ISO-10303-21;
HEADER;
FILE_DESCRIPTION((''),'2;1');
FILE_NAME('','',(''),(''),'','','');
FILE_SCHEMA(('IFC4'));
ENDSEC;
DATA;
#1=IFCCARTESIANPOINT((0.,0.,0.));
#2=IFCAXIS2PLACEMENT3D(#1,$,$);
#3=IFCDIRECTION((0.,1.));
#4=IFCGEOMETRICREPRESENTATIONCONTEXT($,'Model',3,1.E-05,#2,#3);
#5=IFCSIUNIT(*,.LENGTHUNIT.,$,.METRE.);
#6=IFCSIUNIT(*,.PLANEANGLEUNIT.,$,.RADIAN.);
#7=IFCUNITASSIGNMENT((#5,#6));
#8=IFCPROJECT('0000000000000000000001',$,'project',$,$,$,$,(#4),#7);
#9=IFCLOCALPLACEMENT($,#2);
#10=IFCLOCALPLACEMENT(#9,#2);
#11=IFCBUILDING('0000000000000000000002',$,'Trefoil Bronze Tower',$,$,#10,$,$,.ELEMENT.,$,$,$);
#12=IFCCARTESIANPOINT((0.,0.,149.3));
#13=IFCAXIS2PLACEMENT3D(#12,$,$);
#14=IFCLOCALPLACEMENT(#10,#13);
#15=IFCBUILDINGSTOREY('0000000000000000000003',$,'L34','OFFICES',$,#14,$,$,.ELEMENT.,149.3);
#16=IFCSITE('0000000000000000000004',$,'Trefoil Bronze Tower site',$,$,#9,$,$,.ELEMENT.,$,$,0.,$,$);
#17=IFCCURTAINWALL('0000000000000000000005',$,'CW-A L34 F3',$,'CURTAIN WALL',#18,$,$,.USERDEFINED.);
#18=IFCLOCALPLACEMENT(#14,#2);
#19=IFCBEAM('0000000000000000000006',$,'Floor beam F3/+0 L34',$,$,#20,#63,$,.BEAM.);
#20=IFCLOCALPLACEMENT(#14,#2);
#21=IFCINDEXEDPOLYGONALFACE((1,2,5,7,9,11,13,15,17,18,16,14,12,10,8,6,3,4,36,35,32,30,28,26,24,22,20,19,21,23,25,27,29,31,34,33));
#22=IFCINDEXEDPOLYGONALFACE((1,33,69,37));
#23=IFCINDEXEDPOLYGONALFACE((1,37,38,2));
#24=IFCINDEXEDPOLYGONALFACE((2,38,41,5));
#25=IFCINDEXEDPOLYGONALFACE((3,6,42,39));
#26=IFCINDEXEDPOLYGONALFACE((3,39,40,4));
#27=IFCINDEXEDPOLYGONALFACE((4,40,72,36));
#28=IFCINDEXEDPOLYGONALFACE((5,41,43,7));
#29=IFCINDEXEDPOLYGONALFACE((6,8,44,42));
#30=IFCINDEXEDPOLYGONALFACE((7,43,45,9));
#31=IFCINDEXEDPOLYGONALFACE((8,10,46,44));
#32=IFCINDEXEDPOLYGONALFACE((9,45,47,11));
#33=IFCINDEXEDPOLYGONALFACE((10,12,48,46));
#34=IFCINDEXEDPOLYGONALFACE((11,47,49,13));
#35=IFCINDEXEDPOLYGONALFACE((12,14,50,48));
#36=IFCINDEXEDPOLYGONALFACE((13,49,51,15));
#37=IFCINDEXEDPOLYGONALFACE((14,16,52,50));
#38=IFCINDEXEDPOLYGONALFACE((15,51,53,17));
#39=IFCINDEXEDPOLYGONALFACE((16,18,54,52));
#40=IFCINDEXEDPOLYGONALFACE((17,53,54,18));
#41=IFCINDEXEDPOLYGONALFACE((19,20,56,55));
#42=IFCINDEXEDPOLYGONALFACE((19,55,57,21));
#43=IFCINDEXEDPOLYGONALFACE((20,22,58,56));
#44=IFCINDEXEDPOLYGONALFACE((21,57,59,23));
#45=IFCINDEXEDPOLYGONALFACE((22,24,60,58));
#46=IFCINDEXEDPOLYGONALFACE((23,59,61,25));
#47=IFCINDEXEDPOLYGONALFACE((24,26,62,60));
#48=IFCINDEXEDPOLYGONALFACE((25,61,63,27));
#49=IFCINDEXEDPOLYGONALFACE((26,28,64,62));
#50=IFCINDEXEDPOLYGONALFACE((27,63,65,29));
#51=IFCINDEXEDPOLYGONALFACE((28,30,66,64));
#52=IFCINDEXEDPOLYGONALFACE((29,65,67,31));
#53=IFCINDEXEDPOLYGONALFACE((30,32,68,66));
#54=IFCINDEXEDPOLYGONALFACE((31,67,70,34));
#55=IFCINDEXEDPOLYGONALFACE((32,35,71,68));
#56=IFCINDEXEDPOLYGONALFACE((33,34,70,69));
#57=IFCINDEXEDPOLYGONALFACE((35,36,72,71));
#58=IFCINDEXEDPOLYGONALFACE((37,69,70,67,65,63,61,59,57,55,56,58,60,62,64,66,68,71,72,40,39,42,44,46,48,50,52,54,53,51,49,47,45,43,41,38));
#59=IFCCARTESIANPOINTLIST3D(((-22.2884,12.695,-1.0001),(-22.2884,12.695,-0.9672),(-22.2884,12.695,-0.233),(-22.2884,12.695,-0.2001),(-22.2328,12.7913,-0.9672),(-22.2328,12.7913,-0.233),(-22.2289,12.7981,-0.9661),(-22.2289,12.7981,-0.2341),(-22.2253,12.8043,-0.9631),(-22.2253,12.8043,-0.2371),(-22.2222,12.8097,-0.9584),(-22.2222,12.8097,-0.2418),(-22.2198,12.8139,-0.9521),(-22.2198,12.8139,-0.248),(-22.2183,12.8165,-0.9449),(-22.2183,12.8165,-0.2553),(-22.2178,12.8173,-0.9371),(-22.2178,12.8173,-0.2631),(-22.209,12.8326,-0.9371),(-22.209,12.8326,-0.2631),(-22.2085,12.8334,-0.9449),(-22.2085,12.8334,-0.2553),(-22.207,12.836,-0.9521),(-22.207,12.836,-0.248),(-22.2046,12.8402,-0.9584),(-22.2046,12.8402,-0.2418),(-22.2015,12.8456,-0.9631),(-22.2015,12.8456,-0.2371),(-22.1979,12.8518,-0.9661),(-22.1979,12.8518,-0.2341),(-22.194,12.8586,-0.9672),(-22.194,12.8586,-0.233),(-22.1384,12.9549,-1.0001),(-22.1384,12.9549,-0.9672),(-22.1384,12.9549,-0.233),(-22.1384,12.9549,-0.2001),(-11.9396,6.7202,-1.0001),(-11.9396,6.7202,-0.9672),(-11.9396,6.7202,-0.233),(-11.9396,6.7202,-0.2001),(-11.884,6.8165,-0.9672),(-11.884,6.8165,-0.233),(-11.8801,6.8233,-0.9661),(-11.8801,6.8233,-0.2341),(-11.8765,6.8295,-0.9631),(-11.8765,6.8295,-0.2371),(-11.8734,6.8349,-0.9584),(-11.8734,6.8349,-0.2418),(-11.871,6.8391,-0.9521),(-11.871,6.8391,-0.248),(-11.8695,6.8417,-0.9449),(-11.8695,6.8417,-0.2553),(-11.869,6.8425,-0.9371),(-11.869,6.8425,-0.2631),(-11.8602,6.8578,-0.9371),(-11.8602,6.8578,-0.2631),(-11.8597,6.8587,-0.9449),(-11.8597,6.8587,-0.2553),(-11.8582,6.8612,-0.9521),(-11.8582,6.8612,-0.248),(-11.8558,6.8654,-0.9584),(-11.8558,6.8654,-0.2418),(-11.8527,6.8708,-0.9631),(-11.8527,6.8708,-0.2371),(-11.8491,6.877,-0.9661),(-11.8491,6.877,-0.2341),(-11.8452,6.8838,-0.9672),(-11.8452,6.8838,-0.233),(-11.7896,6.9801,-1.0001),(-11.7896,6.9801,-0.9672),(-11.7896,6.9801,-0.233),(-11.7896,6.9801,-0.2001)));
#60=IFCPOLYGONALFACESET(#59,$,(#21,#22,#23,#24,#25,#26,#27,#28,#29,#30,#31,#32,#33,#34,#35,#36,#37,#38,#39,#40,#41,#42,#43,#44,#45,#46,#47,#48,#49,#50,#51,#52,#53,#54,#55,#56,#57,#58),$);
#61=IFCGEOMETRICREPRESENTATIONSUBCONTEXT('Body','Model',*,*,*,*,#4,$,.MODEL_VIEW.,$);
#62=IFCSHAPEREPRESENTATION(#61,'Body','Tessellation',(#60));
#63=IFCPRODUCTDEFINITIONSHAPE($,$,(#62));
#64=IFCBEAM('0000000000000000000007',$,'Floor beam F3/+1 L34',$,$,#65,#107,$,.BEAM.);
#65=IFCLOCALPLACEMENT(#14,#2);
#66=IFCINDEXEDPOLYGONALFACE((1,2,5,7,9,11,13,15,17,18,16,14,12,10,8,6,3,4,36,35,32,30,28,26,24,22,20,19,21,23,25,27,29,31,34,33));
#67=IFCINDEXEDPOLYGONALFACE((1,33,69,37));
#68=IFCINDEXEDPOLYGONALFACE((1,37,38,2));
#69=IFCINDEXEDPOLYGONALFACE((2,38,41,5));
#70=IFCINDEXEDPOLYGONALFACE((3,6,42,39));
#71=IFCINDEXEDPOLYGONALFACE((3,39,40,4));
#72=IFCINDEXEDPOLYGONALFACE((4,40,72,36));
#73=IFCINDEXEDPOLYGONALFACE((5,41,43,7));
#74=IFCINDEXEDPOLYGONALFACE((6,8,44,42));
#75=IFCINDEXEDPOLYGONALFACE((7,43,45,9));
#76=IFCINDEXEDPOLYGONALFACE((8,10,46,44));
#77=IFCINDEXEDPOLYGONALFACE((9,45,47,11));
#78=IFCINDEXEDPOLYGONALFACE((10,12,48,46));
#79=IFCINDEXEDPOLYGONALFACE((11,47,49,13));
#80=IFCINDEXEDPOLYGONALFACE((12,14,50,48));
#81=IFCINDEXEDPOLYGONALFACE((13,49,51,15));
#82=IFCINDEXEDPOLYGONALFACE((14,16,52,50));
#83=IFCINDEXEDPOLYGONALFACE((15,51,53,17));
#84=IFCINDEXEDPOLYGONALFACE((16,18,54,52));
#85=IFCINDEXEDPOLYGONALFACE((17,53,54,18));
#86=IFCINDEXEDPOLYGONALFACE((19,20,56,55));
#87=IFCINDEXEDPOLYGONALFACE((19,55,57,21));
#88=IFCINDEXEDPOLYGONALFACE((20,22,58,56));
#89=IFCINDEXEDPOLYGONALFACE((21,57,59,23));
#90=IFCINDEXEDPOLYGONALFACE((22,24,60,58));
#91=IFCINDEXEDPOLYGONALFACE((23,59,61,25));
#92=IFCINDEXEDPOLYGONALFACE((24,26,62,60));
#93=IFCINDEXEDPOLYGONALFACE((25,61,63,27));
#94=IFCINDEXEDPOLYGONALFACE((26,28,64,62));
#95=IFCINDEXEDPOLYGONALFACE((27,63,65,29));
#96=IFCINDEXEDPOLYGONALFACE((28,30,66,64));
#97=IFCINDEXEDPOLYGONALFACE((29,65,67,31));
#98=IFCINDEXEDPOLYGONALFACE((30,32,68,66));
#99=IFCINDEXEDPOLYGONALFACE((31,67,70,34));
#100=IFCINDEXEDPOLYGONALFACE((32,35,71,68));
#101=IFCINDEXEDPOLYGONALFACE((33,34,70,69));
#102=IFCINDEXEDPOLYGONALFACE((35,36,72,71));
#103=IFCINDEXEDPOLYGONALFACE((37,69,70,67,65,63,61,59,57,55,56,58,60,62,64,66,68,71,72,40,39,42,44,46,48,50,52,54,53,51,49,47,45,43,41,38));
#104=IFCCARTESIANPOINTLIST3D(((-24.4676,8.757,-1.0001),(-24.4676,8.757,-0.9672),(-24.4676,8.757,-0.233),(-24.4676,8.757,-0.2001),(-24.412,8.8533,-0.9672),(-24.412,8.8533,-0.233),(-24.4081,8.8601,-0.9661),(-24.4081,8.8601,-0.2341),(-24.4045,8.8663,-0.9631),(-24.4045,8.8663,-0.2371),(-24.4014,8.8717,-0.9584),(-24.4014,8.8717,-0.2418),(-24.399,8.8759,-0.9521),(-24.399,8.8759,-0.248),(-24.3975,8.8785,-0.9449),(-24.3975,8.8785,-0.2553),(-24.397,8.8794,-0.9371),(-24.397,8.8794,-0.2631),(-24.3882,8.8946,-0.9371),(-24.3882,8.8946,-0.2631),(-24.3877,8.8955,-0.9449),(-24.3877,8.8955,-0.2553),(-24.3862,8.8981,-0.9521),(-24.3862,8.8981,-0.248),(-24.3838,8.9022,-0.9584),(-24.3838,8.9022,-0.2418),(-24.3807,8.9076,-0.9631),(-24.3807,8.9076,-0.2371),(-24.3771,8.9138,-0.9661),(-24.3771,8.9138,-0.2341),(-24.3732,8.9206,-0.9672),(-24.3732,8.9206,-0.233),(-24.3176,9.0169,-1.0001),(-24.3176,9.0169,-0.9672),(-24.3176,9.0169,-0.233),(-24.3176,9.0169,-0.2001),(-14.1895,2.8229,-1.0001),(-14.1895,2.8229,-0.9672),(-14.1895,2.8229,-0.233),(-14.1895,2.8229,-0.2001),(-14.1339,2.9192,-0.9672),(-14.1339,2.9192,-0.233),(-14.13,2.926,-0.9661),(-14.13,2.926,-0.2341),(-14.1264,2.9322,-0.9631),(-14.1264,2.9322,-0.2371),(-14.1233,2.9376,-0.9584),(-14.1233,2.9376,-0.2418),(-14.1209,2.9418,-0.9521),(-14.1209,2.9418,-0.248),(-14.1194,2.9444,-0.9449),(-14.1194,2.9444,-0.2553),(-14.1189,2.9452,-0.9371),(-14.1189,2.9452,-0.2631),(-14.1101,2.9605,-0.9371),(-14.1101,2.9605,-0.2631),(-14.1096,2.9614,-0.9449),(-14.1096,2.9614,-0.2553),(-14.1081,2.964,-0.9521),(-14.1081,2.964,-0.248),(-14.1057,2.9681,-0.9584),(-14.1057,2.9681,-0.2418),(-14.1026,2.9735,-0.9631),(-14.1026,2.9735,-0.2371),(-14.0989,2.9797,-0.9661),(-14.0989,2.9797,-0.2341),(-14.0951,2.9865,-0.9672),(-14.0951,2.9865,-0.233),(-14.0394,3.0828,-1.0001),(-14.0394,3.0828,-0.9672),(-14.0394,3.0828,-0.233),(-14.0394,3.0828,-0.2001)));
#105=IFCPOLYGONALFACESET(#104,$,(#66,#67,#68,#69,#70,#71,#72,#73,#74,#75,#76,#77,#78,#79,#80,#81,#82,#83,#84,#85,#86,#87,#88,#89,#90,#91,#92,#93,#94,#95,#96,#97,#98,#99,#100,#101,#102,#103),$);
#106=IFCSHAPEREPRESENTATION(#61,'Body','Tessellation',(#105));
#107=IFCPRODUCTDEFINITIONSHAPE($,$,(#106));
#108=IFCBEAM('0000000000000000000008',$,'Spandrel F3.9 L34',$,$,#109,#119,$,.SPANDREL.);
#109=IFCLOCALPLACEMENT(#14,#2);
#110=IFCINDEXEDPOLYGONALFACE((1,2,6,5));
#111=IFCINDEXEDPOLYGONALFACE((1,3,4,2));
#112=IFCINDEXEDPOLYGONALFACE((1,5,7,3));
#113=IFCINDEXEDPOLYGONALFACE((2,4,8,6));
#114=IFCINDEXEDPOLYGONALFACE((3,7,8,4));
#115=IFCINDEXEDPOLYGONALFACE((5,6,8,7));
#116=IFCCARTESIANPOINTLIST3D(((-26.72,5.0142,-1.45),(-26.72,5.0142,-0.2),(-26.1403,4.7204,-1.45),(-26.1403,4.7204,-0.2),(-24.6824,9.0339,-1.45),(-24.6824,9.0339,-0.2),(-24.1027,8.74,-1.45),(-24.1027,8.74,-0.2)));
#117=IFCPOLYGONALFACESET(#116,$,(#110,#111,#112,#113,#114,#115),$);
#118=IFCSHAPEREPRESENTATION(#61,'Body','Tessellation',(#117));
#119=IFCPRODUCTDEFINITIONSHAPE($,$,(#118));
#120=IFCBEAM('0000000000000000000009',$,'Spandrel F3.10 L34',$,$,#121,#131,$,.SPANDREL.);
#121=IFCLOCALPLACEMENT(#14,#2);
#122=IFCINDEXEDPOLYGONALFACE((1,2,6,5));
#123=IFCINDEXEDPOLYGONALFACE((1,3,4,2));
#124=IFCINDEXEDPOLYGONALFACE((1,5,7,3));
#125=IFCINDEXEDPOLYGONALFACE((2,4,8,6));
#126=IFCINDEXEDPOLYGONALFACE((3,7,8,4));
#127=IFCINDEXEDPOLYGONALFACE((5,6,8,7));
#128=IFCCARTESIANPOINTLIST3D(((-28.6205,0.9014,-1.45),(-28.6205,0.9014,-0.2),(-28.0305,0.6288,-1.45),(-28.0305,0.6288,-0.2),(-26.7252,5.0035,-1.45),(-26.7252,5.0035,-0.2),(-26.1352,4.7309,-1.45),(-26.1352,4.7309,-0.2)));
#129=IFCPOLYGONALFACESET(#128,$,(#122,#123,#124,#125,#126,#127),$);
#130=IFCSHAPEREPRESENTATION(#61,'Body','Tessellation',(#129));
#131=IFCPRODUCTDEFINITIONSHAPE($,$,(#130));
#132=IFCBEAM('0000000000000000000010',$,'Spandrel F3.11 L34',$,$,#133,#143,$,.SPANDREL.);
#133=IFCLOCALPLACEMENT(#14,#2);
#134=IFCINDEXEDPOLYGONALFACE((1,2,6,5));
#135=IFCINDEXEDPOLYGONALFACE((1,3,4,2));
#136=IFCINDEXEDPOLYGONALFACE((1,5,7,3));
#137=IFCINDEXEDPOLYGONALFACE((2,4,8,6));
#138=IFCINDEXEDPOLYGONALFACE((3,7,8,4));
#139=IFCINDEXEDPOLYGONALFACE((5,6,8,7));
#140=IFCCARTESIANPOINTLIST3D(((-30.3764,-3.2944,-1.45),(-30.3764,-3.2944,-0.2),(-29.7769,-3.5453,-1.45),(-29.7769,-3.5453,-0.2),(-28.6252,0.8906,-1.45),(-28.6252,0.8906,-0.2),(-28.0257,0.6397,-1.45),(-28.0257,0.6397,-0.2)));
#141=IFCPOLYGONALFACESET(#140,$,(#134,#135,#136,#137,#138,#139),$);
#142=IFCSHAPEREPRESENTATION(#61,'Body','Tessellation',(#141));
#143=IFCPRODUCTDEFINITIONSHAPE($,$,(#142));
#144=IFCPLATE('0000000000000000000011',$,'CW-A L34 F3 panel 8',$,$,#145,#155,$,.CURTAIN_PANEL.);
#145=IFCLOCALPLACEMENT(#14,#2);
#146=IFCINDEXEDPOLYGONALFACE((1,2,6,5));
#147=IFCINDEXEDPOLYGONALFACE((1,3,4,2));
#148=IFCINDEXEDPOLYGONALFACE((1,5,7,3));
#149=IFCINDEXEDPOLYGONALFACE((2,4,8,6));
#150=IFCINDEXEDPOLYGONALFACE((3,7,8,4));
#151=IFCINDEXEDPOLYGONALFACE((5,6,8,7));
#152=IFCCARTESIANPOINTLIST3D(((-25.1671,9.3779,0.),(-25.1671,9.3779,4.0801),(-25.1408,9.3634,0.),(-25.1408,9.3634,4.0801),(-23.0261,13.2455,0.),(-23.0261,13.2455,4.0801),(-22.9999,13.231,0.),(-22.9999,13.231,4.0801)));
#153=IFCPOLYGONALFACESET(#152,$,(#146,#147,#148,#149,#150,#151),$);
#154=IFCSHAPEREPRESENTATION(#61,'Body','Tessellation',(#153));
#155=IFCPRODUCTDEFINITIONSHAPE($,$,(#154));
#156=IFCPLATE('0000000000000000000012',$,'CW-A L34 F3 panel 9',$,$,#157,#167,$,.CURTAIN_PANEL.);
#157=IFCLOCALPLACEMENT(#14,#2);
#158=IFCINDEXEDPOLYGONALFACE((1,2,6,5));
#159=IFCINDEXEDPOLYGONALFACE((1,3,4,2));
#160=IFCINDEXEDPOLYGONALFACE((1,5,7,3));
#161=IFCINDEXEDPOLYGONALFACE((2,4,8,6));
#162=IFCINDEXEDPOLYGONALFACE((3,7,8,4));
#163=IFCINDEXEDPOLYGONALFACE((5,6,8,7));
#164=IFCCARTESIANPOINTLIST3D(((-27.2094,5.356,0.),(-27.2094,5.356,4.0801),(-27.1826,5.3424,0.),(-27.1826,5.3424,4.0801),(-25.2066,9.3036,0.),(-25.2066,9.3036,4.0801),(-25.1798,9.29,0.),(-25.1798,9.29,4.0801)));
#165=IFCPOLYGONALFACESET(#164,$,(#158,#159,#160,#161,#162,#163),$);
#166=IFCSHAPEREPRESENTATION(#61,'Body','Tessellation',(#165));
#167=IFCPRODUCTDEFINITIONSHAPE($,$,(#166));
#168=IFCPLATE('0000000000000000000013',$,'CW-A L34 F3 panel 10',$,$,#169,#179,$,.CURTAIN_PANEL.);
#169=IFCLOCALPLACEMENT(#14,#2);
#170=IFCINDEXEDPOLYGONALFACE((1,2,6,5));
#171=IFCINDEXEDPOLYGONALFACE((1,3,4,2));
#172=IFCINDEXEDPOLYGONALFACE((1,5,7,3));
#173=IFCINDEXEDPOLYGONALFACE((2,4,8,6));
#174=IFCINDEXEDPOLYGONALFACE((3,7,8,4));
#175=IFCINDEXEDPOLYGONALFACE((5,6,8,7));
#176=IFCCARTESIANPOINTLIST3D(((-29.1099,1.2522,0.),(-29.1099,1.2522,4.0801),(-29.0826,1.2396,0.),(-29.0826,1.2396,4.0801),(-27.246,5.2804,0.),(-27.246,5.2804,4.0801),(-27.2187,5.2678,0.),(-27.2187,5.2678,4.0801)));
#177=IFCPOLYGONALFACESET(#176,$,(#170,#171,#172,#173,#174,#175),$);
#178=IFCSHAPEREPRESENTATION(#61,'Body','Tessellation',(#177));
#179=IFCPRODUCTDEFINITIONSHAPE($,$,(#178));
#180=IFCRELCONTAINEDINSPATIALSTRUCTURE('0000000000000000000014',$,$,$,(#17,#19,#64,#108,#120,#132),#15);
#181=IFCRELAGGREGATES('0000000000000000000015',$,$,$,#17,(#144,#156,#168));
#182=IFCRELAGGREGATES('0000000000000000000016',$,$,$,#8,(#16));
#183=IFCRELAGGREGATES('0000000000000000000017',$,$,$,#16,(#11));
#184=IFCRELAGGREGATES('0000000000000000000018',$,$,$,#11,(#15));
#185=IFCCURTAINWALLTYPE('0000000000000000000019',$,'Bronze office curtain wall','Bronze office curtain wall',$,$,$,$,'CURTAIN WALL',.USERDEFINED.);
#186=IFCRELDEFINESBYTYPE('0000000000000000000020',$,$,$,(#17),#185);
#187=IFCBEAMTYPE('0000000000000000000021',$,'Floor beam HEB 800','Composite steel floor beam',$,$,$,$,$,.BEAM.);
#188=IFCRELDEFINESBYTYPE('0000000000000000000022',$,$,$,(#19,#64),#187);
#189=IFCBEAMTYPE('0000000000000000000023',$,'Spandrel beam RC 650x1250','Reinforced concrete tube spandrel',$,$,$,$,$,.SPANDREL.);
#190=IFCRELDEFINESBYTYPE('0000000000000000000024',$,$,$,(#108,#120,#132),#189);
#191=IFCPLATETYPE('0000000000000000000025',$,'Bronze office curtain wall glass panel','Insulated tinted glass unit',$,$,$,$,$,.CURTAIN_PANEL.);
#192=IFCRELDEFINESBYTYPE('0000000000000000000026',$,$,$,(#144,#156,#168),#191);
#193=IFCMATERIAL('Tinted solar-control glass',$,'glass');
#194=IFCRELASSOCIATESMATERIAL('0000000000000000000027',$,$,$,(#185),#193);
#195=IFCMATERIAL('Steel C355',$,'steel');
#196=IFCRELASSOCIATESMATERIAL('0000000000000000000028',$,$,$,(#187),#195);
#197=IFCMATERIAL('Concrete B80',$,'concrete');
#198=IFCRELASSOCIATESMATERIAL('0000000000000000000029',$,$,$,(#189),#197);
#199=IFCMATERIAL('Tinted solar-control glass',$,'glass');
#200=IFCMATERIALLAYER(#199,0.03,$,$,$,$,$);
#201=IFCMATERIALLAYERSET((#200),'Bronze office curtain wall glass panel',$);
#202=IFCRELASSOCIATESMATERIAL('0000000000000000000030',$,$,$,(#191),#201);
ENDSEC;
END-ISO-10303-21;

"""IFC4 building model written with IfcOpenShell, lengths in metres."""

from ifc_helpers import new_model, si_unit, direction, frame, origin, origin_2d, place, context, subcontext, project, spatial, rectangle, i_section, extrude, material, layer, layer_set, material_profile, profile_set, type_object, element, aggregate, save


model = new_model("IFC4")

# Units and contexts
model_context = context("Model", 3, precision=1e-05, world=origin(), true_north=direction((0.0, 1.0)))
body_context = subcontext(model_context, "Body", "Model", "MODEL_VIEW")
ifc_project = project(units=[si_unit("LENGTHUNIT", "METRE"), si_unit("PLANEANGLEUNIT", "RADIAN")], contexts=[model_context])

# Site, building, storey
site_placement = place(None, origin())
site = spatial("IfcSite", under=ifc_project, at=site_placement, Name="Trefoil Bronze Tower site", CompositionType="ELEMENT", RefElevation=0.0)
building_placement = place(site_placement, origin())
building = spatial("IfcBuilding", under=site, at=building_placement, Name="Trefoil Bronze Tower", CompositionType="ELEMENT")
storey_placement = place(building_placement, frame((0.0, 0.0, 149.3)))
storey = spatial("IfcBuildingStorey", under=building, at=storey_placement, Name="L34", Description="OFFICES", CompositionType="ELEMENT", Elevation=149.3)

# Curtain wall
ifc_material_1 = material(Name="Tinted solar-control glass", Category="glass")
curtain_wall_type = type_object("IfcCurtainWallType", Name="Bronze office curtain wall", Description="Bronze office curtain wall", ElementType="CURTAIN WALL", PredefinedType="USERDEFINED", material=ifc_material_1)
curtain_wall_placement = place(storey_placement, origin())
curtain_wall = element("IfcCurtainWall", 1, at=curtain_wall_placement, inside=storey, type_object=curtain_wall_type, Name="CW-A L34 F3", ObjectType="CURTAIN WALL", PredefinedType="USERDEFINED")

# Beams
ifc_material_2 = material(Name="Steel C355", Category="steel")
ifc_material_profile_1 = material_profile(ifc_material_2, i_section(OverallWidth=0.3, OverallDepth=0.8, WebThickness=0.0176, FlangeThickness=0.033, FilletRadius=0.03, at=origin_2d()), Name="HEB 800")
ifc_profile_set_1 = profile_set([ifc_material_profile_1], Name="Steel C355")
beam_type_1 = type_object("IfcBeamType", Name="Floor beam HEB 800", Description="Composite steel floor beam", PredefinedType="BEAM", material=ifc_profile_set_1)
beam_1_placement = place(storey_placement, frame((-22.2134, 12.825, -0.6001), z_axis=(0.866028, -0.499995, 0.0), x_axis=(0.499995, 0.866028, 0.0)))
element("IfcBeam", 2, at=beam_1_placement, inside=storey, type_object=beam_type_1, Name="Floor beam F3/+0 L34", PredefinedType="BEAM", context=body_context, shape_type="SweptSolid", body=[
    extrude(i_section(OverallWidth=0.3, OverallDepth=0.8, WebThickness=0.0176, FlangeThickness=0.033, FilletRadius=0.03, at=origin_2d()), origin(), (0.0, 0.0, 1.0), 11.9497),
])
beam_2_placement = place(storey_placement, frame((-24.3926, 8.887, -0.6001), z_axis=(0.866024, -0.500002, 0.0), x_axis=(0.500002, 0.866024, 0.0)))
element("IfcBeam", 3, at=beam_2_placement, inside=storey, type_object=beam_type_1, Name="Floor beam F3/+1 L34", PredefinedType="BEAM", context=body_context, shape_type="SweptSolid", body=[
    extrude(i_section(OverallWidth=0.3, OverallDepth=0.8, WebThickness=0.0176, FlangeThickness=0.033, FilletRadius=0.03, at=origin_2d()), origin(), (0.0, 0.0, 1.0), 11.8682),
])
ifc_material_3 = material(Name="Concrete B80", Category="concrete")
ifc_material_profile_2 = material_profile(ifc_material_3, rectangle(XDim=0.6499, YDim=1.25, at=origin_2d()), Name="RC 650x1250")
ifc_profile_set_2 = profile_set([ifc_material_profile_2], Name="Concrete B80")
beam_type_2 = type_object("IfcBeamType", Name="Spandrel beam RC 650x1250", Description="Reinforced concrete tube spandrel", PredefinedType="SPANDREL", material=ifc_profile_set_2)
beam_3_placement = place(storey_placement, frame((-24.3926, 8.887, -0.825), z_axis=(-0.452126, -0.891954, 0.0), x_axis=(0.891954, -0.452126, 0.0)))
element("IfcBeam", 4, at=beam_3_placement, inside=storey, type_object=beam_type_2, Name="Spandrel F3.9 L34", PredefinedType="SPANDREL", context=body_context, shape_type="SweptSolid", body=[
    extrude(rectangle(XDim=0.6499, YDim=1.25, at=origin_2d()), origin(), (0.0, 0.0, 1.0), 4.5066),
])
beam_4_placement = place(storey_placement, frame((-26.4302, 4.8672, -0.825), z_axis=(-0.419425, -0.90779, 0.0), x_axis=(0.90779, -0.419425, 0.0)))
element("IfcBeam", 5, at=beam_4_placement, inside=storey, type_object=beam_type_2, Name="Spandrel F3.10 L34", PredefinedType="SPANDREL", context=body_context, shape_type="SweptSolid", body=[
    extrude(rectangle(XDim=0.6499, YDim=1.25, at=origin_2d()), origin(), (0.0, 0.0, 1.0), 4.5188),
])
beam_5_placement = place(storey_placement, frame((-28.3254, 0.7651, -0.825), z_axis=(-0.386013, -0.922493, 0.0), x_axis=(0.922493, -0.386013, 0.0)))
element("IfcBeam", 6, at=beam_5_placement, inside=storey, type_object=beam_type_2, Name="Spandrel F3.11 L34", PredefinedType="SPANDREL", context=body_context, shape_type="SweptSolid", body=[
    extrude(rectangle(XDim=0.6499, YDim=1.25, at=origin_2d()), origin(), (0.0, 0.0, 1.0), 4.5366),
])

# Plates
ifc_material_4 = material(Name="Tinted solar-control glass", Category="glass")
ifc_layer_1 = layer(ifc_material_4, 0.03)
ifc_layer_set_1 = layer_set([ifc_layer_1], Name="Bronze office curtain wall glass panel")
plate_type = type_object("IfcPlateType", Name="Bronze office curtain wall glass panel", Description="Insulated tinted glass unit", PredefinedType="CURTAIN_PANEL", material=ifc_layer_set_1)
plate_1_placement = place(storey_placement, frame((-24.0835, 11.3044, 0.0), z_axis=(0.0, 0.0, 1.0), x_axis=(-0.484312, -0.874895, 0.0)))
plate_1 = element("IfcPlate", 7, at=plate_1_placement, type_object=plate_type, Name="CW-A L34 F3 panel 8", PredefinedType="CURTAIN_PANEL", context=body_context, shape_type="SweptSolid", body=[
    extrude(rectangle(XDim=4.4207, YDim=0.03, at=origin_2d()), origin(), (0.0, 0.0, 1.0), 4.0801),
])
plate_2_placement = place(storey_placement, frame((-26.1946, 7.323, 0.0), z_axis=(0.0, 0.0, 1.0), x_axis=(-0.452449, -0.89179, 0.0)))
plate_2 = element("IfcPlate", 8, at=plate_2_placement, type_object=plate_type, Name="CW-A L34 F3 panel 9", PredefinedType="CURTAIN_PANEL", context=body_context, shape_type="SweptSolid", body=[
    extrude(rectangle(XDim=4.4265, YDim=0.03, at=origin_2d()), origin(), (0.0, 0.0, 1.0), 4.0801),
])
plate_3_placement = place(storey_placement, frame((-28.1643, 3.26, 0.0), z_axis=(0.0, 0.0, 1.0), x_axis=(-0.419933, -0.907555, 0.0)))
plate_3 = element("IfcPlate", 9, at=plate_3_placement, type_object=plate_type, Name="CW-A L34 F3 panel 10", PredefinedType="CURTAIN_PANEL", context=body_context, shape_type="SweptSolid", body=[
    extrude(rectangle(XDim=4.4385, YDim=0.03, at=origin_2d()), origin(), (0.0, 0.0, 1.0), 4.0801),
])
aggregate(curtain_wall, [plate_1, plate_2, plate_3])

save(model, "model.ifc")
